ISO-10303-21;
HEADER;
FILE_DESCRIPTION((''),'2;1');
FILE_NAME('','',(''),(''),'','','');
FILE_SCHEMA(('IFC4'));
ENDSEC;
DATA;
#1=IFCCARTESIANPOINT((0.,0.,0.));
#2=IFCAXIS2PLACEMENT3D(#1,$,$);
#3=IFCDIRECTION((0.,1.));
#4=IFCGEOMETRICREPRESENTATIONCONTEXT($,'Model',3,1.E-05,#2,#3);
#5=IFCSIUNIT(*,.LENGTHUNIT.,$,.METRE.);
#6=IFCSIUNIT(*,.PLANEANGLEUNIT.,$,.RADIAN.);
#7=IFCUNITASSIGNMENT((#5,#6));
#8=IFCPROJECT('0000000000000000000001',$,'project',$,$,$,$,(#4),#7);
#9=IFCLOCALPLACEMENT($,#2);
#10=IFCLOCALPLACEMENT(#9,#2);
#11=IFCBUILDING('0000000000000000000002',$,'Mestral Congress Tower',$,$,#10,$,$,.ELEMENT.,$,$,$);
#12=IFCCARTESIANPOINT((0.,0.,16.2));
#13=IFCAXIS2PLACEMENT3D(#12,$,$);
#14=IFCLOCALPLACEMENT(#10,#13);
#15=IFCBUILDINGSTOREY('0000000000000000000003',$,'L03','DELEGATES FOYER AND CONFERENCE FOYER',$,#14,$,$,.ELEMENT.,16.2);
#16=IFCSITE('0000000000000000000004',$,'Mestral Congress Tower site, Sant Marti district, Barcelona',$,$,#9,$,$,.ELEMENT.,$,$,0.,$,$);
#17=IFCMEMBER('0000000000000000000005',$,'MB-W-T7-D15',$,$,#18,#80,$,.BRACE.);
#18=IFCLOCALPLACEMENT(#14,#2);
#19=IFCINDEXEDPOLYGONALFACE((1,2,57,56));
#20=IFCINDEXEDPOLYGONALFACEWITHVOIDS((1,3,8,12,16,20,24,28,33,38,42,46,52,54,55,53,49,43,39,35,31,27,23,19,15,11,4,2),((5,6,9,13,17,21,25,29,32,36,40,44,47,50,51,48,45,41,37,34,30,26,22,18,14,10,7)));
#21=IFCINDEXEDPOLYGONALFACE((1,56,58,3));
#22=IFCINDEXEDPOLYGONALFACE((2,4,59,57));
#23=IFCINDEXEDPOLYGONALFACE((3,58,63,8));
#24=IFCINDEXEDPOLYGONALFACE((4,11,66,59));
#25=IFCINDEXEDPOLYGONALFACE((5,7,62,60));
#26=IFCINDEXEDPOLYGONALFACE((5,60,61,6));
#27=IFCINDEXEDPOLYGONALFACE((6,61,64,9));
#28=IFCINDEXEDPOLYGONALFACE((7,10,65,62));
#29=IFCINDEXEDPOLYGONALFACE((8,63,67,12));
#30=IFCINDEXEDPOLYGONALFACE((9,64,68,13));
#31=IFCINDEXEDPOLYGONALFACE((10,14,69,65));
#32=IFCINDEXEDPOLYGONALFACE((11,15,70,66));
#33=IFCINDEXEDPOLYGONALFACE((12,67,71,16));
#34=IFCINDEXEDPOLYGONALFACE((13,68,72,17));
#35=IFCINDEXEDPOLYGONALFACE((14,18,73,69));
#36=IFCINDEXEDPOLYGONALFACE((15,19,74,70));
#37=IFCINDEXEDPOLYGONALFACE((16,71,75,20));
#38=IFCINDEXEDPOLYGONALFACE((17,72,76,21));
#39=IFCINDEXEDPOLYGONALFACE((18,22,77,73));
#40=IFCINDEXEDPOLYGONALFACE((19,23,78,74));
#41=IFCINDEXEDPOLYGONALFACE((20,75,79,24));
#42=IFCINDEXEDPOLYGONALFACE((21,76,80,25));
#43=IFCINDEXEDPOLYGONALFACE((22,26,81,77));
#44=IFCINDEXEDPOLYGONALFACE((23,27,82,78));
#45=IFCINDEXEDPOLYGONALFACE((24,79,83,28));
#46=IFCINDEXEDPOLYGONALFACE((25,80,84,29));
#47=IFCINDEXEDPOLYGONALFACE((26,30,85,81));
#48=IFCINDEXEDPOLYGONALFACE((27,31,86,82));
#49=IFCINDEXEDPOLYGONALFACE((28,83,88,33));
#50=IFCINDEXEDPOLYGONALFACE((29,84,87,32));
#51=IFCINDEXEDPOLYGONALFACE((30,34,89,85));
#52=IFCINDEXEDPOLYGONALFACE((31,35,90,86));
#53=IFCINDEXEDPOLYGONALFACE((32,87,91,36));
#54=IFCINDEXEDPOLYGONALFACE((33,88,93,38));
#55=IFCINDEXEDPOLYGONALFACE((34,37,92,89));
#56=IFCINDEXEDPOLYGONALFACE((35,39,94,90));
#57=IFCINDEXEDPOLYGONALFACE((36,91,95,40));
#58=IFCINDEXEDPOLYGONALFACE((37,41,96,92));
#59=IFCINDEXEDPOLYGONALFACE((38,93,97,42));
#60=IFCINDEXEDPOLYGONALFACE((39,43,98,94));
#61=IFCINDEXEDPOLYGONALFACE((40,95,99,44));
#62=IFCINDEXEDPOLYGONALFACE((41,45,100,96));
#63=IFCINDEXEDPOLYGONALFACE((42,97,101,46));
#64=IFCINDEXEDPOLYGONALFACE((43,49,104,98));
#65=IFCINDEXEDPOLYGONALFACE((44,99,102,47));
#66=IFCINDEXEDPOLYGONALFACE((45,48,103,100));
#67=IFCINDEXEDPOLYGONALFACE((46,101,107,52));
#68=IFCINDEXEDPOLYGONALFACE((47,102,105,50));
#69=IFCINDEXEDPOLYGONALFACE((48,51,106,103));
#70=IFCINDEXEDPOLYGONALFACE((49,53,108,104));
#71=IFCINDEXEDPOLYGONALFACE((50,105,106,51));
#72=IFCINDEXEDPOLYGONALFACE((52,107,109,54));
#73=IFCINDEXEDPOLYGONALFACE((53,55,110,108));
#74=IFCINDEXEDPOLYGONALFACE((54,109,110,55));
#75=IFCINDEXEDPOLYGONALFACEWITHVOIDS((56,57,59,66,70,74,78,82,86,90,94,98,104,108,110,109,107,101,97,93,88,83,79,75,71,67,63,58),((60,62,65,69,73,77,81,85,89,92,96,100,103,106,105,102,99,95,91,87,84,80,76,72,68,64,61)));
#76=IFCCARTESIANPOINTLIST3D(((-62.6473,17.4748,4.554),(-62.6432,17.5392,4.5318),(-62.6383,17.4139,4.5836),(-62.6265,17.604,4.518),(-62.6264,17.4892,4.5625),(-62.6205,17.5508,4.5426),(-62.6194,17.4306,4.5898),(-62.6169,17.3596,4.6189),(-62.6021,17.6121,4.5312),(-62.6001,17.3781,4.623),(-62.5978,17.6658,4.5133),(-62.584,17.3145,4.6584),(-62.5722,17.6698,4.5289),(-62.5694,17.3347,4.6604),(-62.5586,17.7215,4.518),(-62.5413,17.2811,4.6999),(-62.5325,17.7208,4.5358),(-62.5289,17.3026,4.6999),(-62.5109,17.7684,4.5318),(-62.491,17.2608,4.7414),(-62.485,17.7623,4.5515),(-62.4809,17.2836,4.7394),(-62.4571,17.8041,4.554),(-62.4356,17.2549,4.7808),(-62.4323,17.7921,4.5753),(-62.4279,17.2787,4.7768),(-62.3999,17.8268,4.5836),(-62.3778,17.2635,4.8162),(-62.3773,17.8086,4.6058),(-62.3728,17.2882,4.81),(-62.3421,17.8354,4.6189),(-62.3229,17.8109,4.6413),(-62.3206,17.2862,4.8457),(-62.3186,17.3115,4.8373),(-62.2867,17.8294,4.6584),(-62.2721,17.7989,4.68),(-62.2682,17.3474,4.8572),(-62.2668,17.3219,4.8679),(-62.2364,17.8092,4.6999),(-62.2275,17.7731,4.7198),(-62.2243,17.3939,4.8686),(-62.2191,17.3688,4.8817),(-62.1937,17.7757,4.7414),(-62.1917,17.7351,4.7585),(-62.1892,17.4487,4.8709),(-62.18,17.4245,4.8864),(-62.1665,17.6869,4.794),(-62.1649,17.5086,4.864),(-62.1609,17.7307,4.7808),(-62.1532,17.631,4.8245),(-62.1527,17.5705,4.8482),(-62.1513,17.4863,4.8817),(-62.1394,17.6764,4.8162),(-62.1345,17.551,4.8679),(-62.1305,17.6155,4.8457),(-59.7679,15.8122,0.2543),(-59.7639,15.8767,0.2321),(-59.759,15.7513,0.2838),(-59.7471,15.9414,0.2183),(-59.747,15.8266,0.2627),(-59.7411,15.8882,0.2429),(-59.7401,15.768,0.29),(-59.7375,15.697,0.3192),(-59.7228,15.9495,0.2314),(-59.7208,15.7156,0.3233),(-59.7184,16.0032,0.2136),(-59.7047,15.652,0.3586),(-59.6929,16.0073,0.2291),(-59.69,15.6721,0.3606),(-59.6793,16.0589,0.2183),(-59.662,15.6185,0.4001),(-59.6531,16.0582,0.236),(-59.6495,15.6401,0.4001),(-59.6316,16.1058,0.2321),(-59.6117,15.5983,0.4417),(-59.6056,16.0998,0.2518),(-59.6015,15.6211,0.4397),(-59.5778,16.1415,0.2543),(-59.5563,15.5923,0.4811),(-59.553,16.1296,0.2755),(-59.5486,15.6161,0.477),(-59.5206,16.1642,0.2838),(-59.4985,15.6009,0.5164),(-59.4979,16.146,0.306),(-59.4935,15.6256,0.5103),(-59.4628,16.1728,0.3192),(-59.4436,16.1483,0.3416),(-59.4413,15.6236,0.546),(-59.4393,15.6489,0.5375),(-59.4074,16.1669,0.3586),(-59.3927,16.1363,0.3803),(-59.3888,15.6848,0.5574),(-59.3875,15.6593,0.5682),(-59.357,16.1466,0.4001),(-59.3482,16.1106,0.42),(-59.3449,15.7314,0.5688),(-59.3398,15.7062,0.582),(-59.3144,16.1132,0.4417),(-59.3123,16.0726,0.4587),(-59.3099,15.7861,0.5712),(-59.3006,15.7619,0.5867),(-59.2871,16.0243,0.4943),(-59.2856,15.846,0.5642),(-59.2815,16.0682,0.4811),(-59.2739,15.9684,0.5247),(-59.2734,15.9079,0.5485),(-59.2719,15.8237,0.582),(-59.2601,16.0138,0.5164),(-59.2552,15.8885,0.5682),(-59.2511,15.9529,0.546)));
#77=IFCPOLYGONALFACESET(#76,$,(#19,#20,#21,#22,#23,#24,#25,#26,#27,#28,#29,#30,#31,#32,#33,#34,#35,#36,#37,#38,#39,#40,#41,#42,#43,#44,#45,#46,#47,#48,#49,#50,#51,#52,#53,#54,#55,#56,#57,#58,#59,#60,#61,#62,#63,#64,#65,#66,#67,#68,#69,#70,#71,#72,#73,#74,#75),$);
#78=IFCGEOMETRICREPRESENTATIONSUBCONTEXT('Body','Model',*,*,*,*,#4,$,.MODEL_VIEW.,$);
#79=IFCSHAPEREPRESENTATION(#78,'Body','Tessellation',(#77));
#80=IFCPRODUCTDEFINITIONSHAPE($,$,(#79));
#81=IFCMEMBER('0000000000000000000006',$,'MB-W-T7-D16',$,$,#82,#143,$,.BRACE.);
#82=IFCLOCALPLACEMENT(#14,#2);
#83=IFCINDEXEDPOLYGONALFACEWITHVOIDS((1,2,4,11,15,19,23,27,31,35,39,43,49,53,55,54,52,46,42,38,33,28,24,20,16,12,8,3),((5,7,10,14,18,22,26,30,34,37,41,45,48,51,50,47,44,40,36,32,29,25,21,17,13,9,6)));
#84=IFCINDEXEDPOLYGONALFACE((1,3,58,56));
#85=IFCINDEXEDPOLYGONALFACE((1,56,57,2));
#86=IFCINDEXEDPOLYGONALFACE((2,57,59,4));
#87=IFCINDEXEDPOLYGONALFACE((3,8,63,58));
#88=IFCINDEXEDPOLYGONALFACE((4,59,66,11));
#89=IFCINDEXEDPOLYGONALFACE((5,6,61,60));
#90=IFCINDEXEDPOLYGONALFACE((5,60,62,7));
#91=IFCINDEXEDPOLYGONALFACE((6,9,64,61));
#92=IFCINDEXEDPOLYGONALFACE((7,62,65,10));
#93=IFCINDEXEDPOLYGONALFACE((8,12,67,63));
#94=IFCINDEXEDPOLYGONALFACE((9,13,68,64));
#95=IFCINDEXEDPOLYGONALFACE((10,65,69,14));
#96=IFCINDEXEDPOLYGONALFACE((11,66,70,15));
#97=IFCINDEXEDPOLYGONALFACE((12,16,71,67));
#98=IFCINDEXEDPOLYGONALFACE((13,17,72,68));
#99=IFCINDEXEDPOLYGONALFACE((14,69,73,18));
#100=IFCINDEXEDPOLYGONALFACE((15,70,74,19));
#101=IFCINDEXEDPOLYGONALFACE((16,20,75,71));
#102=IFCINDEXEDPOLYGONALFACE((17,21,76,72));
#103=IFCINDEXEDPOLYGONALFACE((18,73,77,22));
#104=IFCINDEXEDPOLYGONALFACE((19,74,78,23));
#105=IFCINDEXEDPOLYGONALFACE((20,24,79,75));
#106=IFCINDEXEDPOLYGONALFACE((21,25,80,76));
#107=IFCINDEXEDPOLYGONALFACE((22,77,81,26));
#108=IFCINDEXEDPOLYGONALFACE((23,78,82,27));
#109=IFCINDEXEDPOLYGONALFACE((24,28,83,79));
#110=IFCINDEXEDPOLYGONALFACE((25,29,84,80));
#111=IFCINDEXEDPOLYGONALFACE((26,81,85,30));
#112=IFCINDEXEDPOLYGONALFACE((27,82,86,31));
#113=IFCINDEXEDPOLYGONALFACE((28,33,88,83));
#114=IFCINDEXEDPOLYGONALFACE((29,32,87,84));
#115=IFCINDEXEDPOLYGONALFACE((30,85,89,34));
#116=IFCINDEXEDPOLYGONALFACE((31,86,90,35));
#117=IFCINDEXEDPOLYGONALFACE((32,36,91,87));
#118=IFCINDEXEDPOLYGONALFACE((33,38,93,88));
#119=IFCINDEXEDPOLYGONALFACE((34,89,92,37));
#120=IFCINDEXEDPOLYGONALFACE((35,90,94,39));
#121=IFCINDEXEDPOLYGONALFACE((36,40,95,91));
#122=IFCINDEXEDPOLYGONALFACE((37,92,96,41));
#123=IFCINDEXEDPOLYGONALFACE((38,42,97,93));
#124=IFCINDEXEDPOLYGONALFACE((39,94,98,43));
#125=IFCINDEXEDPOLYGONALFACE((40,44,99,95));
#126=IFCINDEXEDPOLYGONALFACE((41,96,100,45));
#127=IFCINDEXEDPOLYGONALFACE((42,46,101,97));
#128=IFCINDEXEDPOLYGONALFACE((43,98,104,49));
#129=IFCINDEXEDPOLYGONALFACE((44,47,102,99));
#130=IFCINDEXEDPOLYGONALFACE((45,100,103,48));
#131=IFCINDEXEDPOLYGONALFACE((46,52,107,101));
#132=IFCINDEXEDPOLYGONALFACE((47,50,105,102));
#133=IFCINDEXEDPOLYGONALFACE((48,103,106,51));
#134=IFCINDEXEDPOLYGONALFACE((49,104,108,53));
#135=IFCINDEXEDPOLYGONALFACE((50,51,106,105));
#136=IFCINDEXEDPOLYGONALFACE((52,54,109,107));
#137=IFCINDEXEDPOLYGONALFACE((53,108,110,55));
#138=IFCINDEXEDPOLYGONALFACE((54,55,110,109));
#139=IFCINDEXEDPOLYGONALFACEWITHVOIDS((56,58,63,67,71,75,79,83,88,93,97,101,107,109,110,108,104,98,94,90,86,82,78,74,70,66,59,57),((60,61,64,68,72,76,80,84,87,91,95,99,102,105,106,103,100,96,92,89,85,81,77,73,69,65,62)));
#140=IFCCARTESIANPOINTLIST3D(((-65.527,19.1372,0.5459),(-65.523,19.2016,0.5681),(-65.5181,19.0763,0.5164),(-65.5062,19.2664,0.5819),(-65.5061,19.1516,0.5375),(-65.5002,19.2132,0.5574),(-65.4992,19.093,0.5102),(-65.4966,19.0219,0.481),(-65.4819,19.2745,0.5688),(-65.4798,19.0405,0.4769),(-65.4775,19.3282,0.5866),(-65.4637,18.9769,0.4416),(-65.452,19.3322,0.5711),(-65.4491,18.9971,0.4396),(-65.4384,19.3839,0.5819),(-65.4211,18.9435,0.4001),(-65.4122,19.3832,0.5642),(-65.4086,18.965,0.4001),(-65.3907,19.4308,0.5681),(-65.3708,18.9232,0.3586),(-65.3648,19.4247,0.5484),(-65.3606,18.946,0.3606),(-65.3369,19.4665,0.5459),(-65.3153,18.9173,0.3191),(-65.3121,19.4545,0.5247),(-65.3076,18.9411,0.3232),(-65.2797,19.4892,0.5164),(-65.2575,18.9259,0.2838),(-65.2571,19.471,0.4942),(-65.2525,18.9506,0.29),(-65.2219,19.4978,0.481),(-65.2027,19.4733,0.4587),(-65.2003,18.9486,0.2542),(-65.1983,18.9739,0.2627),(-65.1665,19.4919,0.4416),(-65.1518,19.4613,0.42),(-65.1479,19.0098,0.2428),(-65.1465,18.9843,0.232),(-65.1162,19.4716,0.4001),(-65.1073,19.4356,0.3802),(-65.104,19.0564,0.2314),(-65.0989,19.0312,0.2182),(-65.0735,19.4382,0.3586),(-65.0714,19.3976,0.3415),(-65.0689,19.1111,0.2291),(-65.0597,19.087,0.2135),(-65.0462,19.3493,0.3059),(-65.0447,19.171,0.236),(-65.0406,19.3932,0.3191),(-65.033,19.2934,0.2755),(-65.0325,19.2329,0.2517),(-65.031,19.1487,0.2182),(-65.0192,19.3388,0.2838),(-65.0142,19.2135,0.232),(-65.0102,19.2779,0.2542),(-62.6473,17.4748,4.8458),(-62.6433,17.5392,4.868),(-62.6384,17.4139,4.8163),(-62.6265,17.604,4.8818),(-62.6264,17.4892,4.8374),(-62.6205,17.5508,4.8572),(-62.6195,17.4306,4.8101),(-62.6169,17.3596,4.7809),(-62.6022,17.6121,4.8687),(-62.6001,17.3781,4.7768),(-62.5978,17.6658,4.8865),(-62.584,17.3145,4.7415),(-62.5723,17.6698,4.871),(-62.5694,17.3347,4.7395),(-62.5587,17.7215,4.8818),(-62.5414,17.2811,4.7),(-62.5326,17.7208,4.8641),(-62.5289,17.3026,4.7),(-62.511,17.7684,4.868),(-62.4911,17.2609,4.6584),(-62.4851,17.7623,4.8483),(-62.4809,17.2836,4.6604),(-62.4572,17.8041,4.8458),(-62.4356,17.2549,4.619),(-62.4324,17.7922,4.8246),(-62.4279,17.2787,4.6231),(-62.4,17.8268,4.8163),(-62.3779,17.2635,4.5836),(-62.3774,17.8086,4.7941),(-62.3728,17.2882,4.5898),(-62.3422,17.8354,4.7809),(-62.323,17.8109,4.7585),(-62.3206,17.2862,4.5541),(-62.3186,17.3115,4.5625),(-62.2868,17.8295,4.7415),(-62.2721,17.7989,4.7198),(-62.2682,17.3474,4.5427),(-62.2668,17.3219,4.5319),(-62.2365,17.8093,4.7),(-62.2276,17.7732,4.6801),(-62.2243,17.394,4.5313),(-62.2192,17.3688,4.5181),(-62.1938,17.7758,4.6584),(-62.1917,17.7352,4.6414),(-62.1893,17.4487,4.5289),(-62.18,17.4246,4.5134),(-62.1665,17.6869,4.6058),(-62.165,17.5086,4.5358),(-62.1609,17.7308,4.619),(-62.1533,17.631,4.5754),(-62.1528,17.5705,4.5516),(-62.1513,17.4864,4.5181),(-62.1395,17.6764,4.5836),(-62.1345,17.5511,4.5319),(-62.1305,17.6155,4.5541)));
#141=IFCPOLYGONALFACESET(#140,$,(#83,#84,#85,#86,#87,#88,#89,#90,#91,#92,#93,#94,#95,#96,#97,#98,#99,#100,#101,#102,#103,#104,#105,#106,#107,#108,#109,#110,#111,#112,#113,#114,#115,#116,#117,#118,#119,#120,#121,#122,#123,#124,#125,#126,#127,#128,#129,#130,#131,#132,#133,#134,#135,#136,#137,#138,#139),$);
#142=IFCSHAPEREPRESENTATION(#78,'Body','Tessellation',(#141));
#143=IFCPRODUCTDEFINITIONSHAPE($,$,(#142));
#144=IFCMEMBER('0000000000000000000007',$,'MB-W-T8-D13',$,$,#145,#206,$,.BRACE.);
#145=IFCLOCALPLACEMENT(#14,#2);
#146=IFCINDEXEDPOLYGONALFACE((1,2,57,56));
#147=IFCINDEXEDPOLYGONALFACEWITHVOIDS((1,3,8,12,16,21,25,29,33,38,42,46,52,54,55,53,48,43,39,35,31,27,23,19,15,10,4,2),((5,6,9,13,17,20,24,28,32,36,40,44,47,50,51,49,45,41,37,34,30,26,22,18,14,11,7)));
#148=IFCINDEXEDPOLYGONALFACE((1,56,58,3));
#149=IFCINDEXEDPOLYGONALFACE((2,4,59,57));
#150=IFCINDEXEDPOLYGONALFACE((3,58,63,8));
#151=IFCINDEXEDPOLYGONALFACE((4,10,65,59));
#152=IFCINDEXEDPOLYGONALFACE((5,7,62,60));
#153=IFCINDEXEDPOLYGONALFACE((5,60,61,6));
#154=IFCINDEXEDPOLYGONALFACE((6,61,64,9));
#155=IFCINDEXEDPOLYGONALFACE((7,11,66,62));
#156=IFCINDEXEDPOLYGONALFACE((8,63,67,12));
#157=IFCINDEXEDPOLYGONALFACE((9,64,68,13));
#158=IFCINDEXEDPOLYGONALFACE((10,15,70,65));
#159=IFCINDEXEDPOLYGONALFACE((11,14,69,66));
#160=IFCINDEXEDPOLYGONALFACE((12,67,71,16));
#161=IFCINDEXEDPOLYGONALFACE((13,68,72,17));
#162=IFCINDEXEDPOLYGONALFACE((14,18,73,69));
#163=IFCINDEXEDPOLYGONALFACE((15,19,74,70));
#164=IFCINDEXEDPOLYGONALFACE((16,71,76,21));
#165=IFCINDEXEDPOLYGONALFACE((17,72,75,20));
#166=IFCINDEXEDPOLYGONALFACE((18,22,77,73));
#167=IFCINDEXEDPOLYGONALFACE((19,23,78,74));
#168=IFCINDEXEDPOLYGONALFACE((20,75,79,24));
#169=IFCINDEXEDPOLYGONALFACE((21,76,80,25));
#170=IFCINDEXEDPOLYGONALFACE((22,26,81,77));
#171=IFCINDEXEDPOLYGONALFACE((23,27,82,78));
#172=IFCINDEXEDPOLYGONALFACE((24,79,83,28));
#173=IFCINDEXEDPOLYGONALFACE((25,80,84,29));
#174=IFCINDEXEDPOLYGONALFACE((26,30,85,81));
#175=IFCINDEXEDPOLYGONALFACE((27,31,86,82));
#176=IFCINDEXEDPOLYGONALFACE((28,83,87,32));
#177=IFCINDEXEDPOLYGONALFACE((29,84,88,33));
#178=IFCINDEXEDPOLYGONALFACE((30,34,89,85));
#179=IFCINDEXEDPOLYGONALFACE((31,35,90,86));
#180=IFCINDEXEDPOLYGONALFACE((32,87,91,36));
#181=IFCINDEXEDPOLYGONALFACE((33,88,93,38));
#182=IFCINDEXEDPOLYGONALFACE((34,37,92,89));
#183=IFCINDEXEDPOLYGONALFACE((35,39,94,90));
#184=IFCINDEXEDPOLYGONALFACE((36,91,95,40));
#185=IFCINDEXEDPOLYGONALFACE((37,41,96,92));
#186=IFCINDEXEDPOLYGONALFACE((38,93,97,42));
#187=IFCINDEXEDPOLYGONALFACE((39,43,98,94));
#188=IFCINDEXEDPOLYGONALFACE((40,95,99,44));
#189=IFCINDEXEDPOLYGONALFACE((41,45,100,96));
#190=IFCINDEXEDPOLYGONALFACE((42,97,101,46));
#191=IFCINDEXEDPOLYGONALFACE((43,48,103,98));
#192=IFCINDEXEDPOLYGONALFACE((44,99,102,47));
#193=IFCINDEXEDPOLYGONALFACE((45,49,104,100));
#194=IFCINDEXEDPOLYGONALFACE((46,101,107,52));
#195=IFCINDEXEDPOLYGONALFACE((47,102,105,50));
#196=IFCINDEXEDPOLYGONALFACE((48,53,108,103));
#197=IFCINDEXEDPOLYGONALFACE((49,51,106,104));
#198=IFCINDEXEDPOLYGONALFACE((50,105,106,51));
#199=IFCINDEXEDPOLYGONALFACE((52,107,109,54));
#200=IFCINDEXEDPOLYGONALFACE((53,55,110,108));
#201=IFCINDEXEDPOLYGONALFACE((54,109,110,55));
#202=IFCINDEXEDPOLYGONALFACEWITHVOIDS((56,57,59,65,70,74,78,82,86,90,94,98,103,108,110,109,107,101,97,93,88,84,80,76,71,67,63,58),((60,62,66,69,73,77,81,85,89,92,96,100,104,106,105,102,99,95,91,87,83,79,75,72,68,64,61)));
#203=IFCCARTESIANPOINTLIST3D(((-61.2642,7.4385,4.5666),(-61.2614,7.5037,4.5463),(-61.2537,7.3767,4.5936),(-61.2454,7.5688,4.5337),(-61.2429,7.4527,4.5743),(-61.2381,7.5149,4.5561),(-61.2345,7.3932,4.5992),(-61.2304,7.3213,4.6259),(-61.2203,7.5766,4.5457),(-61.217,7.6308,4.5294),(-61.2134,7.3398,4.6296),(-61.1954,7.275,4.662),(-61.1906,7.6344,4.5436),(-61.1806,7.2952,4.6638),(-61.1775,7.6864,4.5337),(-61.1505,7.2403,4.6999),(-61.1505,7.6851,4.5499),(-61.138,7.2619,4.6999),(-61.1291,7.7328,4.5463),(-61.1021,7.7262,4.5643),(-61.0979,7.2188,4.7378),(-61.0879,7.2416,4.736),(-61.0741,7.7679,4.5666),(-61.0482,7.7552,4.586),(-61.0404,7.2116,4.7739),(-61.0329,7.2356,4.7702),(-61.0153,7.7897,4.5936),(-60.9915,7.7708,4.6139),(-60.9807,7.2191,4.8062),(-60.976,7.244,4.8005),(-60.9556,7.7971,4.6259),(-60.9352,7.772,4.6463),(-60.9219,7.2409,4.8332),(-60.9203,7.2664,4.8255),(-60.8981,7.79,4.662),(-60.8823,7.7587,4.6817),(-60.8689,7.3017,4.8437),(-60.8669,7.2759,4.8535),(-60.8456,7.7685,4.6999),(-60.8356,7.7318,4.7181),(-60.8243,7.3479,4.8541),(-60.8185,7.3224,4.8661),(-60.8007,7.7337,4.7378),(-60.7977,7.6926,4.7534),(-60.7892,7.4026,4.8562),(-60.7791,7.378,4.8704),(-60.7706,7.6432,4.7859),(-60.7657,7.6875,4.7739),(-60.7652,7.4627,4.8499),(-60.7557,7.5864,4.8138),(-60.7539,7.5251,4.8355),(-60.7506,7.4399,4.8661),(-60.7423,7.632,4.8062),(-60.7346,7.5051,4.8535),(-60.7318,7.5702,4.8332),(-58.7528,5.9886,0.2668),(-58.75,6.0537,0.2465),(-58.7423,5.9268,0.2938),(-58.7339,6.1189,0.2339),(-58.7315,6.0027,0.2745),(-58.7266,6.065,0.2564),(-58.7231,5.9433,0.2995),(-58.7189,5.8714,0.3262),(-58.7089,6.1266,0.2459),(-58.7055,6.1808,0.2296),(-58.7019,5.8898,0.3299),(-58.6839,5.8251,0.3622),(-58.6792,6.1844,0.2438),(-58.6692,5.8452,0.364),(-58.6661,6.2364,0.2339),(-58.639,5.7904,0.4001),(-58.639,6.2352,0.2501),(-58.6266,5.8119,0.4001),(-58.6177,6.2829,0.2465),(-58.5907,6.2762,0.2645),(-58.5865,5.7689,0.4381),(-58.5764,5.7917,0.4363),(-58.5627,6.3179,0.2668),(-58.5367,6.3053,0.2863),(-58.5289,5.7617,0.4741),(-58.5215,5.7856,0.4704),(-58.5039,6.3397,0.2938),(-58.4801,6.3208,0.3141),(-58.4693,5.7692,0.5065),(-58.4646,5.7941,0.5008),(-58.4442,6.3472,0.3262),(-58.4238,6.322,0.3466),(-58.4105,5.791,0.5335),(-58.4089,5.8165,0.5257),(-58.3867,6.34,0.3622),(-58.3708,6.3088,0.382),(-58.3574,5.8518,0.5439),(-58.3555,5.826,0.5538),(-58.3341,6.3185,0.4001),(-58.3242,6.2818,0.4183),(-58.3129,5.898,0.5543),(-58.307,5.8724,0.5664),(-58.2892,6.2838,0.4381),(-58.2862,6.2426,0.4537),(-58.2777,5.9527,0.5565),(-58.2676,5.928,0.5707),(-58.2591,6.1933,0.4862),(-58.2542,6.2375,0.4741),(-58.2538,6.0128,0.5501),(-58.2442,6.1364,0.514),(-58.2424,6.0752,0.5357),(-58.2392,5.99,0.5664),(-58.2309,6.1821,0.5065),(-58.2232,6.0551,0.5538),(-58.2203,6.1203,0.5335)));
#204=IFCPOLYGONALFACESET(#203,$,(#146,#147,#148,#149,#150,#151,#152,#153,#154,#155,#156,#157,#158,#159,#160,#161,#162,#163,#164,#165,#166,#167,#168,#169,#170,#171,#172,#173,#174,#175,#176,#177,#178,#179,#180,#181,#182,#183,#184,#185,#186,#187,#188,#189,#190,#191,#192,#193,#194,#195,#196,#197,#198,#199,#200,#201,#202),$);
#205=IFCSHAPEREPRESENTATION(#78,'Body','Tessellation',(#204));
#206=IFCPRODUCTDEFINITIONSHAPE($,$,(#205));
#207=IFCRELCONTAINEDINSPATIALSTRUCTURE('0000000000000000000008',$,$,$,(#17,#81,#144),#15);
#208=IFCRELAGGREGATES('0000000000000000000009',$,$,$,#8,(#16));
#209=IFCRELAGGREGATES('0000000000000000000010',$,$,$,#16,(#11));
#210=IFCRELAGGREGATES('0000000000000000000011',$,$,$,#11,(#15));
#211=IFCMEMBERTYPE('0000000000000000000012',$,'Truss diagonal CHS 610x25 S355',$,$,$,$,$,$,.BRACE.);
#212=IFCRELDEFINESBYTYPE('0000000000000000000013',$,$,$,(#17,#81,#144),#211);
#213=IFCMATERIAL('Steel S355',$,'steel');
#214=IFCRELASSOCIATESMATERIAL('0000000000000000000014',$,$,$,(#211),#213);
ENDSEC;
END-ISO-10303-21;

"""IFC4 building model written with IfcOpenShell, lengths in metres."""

from ifc_helpers import new_model, si_unit, direction, frame, origin, origin_2d, place, context, subcontext, project, spatial, hollow_circle, extrude, material, material_profile, profile_set, type_object, element, save


model = new_model("IFC4")

# Units and contexts
model_context = context("Model", 3, precision=1e-05, world=origin(), true_north=direction((0.0, 1.0)))
body_context = subcontext(model_context, "Body", "Model", "MODEL_VIEW")
ifc_project = project(units=[si_unit("LENGTHUNIT", "METRE"), si_unit("PLANEANGLEUNIT", "RADIAN")], contexts=[model_context])

# Site, building, storey
site_placement = place(None, origin())
site = spatial("IfcSite", under=ifc_project, at=site_placement, Name="Mestral Congress Tower site, Sant Marti district, Barcelona", CompositionType="ELEMENT", RefElevation=0.0)
building_placement = place(site_placement, origin())
building = spatial("IfcBuilding", under=site, at=building_placement, Name="Mestral Congress Tower", CompositionType="ELEMENT")
storey_placement = place(building_placement, frame((0.0, 0.0, 16.2)))
storey = spatial("IfcBuildingStorey", under=building, at=storey_placement, Name="L03", Description="DELEGATES FOYER AND CONFERENCE FOYER", CompositionType="ELEMENT", Elevation=16.2)

# Members
ifc_material = material(Name="Steel S355", Category="steel")
ifc_material_profile_1 = material_profile(ifc_material, hollow_circle(Radius=0.3049, WallThickness=0.0249, at=origin_2d()), Name="CHS 610x25")
ifc_profile_set_1 = profile_set([ifc_material_profile_1], Name="Steel S355")
member_type_1 = type_object("IfcMemberType", Name="Truss diagonal CHS 610x25 S355", PredefinedType="BRACE", material=ifc_profile_set_1)
member_1_placement = place(storey_placement, frame((-59.5095, 15.8826, 0.4001), z_axis=(-0.529749, 0.305884, 0.791076), x_axis=(-0.50004, -0.866002, 0.0)))
element("IfcMember", 1, at=member_1_placement, inside=storey, type_object=member_type_1, Name="MB-W-T7-D15", PredefinedType="BRACE", context=body_context, shape_type="SweptSolid", body=[
    extrude(hollow_circle(Radius=0.3049, WallThickness=0.0249, at=origin_2d()), origin(), (0.0, 0.0, 1.0), 5.4353),
])
member_2_placement = place(storey_placement, frame((-62.3889, 17.5452, 4.7), z_axis=(-0.529789, 0.305836, -0.791068), x_axis=(-0.499953, -0.866052, 0.0)))
element("IfcMember", 2, at=member_2_placement, inside=storey, type_object=member_type_1, Name="MB-W-T7-D16", PredefinedType="BRACE", context=body_context, shape_type="SweptSolid", body=[
    extrude(hollow_circle(Radius=0.3049, WallThickness=0.0249, at=origin_2d()), origin(), (0.0, 0.0, 1.0), 5.4355),
])
for number, where, z_axis, x_axis, name in (
    (3, (-58.4866, 6.0544, 0.4001), (-0.484247, 0.279571, 0.829062), (-0.499987, -0.866033, 0.0), "MB-W-T8-D13"),
):
    element("IfcMember", number, at=place(storey_placement, frame(where, z_axis=z_axis, x_axis=x_axis)), inside=storey, type_object=member_type_1, Name=name, PredefinedType="BRACE", context=body_context, shape_type="SweptSolid", body=[
        extrude(hollow_circle(Radius=0.3049, WallThickness=0.0249, at=origin_2d()), origin(), (0.0, 0.0, 1.0), 5.1863),
    ])

save(model, "model.ifc")
